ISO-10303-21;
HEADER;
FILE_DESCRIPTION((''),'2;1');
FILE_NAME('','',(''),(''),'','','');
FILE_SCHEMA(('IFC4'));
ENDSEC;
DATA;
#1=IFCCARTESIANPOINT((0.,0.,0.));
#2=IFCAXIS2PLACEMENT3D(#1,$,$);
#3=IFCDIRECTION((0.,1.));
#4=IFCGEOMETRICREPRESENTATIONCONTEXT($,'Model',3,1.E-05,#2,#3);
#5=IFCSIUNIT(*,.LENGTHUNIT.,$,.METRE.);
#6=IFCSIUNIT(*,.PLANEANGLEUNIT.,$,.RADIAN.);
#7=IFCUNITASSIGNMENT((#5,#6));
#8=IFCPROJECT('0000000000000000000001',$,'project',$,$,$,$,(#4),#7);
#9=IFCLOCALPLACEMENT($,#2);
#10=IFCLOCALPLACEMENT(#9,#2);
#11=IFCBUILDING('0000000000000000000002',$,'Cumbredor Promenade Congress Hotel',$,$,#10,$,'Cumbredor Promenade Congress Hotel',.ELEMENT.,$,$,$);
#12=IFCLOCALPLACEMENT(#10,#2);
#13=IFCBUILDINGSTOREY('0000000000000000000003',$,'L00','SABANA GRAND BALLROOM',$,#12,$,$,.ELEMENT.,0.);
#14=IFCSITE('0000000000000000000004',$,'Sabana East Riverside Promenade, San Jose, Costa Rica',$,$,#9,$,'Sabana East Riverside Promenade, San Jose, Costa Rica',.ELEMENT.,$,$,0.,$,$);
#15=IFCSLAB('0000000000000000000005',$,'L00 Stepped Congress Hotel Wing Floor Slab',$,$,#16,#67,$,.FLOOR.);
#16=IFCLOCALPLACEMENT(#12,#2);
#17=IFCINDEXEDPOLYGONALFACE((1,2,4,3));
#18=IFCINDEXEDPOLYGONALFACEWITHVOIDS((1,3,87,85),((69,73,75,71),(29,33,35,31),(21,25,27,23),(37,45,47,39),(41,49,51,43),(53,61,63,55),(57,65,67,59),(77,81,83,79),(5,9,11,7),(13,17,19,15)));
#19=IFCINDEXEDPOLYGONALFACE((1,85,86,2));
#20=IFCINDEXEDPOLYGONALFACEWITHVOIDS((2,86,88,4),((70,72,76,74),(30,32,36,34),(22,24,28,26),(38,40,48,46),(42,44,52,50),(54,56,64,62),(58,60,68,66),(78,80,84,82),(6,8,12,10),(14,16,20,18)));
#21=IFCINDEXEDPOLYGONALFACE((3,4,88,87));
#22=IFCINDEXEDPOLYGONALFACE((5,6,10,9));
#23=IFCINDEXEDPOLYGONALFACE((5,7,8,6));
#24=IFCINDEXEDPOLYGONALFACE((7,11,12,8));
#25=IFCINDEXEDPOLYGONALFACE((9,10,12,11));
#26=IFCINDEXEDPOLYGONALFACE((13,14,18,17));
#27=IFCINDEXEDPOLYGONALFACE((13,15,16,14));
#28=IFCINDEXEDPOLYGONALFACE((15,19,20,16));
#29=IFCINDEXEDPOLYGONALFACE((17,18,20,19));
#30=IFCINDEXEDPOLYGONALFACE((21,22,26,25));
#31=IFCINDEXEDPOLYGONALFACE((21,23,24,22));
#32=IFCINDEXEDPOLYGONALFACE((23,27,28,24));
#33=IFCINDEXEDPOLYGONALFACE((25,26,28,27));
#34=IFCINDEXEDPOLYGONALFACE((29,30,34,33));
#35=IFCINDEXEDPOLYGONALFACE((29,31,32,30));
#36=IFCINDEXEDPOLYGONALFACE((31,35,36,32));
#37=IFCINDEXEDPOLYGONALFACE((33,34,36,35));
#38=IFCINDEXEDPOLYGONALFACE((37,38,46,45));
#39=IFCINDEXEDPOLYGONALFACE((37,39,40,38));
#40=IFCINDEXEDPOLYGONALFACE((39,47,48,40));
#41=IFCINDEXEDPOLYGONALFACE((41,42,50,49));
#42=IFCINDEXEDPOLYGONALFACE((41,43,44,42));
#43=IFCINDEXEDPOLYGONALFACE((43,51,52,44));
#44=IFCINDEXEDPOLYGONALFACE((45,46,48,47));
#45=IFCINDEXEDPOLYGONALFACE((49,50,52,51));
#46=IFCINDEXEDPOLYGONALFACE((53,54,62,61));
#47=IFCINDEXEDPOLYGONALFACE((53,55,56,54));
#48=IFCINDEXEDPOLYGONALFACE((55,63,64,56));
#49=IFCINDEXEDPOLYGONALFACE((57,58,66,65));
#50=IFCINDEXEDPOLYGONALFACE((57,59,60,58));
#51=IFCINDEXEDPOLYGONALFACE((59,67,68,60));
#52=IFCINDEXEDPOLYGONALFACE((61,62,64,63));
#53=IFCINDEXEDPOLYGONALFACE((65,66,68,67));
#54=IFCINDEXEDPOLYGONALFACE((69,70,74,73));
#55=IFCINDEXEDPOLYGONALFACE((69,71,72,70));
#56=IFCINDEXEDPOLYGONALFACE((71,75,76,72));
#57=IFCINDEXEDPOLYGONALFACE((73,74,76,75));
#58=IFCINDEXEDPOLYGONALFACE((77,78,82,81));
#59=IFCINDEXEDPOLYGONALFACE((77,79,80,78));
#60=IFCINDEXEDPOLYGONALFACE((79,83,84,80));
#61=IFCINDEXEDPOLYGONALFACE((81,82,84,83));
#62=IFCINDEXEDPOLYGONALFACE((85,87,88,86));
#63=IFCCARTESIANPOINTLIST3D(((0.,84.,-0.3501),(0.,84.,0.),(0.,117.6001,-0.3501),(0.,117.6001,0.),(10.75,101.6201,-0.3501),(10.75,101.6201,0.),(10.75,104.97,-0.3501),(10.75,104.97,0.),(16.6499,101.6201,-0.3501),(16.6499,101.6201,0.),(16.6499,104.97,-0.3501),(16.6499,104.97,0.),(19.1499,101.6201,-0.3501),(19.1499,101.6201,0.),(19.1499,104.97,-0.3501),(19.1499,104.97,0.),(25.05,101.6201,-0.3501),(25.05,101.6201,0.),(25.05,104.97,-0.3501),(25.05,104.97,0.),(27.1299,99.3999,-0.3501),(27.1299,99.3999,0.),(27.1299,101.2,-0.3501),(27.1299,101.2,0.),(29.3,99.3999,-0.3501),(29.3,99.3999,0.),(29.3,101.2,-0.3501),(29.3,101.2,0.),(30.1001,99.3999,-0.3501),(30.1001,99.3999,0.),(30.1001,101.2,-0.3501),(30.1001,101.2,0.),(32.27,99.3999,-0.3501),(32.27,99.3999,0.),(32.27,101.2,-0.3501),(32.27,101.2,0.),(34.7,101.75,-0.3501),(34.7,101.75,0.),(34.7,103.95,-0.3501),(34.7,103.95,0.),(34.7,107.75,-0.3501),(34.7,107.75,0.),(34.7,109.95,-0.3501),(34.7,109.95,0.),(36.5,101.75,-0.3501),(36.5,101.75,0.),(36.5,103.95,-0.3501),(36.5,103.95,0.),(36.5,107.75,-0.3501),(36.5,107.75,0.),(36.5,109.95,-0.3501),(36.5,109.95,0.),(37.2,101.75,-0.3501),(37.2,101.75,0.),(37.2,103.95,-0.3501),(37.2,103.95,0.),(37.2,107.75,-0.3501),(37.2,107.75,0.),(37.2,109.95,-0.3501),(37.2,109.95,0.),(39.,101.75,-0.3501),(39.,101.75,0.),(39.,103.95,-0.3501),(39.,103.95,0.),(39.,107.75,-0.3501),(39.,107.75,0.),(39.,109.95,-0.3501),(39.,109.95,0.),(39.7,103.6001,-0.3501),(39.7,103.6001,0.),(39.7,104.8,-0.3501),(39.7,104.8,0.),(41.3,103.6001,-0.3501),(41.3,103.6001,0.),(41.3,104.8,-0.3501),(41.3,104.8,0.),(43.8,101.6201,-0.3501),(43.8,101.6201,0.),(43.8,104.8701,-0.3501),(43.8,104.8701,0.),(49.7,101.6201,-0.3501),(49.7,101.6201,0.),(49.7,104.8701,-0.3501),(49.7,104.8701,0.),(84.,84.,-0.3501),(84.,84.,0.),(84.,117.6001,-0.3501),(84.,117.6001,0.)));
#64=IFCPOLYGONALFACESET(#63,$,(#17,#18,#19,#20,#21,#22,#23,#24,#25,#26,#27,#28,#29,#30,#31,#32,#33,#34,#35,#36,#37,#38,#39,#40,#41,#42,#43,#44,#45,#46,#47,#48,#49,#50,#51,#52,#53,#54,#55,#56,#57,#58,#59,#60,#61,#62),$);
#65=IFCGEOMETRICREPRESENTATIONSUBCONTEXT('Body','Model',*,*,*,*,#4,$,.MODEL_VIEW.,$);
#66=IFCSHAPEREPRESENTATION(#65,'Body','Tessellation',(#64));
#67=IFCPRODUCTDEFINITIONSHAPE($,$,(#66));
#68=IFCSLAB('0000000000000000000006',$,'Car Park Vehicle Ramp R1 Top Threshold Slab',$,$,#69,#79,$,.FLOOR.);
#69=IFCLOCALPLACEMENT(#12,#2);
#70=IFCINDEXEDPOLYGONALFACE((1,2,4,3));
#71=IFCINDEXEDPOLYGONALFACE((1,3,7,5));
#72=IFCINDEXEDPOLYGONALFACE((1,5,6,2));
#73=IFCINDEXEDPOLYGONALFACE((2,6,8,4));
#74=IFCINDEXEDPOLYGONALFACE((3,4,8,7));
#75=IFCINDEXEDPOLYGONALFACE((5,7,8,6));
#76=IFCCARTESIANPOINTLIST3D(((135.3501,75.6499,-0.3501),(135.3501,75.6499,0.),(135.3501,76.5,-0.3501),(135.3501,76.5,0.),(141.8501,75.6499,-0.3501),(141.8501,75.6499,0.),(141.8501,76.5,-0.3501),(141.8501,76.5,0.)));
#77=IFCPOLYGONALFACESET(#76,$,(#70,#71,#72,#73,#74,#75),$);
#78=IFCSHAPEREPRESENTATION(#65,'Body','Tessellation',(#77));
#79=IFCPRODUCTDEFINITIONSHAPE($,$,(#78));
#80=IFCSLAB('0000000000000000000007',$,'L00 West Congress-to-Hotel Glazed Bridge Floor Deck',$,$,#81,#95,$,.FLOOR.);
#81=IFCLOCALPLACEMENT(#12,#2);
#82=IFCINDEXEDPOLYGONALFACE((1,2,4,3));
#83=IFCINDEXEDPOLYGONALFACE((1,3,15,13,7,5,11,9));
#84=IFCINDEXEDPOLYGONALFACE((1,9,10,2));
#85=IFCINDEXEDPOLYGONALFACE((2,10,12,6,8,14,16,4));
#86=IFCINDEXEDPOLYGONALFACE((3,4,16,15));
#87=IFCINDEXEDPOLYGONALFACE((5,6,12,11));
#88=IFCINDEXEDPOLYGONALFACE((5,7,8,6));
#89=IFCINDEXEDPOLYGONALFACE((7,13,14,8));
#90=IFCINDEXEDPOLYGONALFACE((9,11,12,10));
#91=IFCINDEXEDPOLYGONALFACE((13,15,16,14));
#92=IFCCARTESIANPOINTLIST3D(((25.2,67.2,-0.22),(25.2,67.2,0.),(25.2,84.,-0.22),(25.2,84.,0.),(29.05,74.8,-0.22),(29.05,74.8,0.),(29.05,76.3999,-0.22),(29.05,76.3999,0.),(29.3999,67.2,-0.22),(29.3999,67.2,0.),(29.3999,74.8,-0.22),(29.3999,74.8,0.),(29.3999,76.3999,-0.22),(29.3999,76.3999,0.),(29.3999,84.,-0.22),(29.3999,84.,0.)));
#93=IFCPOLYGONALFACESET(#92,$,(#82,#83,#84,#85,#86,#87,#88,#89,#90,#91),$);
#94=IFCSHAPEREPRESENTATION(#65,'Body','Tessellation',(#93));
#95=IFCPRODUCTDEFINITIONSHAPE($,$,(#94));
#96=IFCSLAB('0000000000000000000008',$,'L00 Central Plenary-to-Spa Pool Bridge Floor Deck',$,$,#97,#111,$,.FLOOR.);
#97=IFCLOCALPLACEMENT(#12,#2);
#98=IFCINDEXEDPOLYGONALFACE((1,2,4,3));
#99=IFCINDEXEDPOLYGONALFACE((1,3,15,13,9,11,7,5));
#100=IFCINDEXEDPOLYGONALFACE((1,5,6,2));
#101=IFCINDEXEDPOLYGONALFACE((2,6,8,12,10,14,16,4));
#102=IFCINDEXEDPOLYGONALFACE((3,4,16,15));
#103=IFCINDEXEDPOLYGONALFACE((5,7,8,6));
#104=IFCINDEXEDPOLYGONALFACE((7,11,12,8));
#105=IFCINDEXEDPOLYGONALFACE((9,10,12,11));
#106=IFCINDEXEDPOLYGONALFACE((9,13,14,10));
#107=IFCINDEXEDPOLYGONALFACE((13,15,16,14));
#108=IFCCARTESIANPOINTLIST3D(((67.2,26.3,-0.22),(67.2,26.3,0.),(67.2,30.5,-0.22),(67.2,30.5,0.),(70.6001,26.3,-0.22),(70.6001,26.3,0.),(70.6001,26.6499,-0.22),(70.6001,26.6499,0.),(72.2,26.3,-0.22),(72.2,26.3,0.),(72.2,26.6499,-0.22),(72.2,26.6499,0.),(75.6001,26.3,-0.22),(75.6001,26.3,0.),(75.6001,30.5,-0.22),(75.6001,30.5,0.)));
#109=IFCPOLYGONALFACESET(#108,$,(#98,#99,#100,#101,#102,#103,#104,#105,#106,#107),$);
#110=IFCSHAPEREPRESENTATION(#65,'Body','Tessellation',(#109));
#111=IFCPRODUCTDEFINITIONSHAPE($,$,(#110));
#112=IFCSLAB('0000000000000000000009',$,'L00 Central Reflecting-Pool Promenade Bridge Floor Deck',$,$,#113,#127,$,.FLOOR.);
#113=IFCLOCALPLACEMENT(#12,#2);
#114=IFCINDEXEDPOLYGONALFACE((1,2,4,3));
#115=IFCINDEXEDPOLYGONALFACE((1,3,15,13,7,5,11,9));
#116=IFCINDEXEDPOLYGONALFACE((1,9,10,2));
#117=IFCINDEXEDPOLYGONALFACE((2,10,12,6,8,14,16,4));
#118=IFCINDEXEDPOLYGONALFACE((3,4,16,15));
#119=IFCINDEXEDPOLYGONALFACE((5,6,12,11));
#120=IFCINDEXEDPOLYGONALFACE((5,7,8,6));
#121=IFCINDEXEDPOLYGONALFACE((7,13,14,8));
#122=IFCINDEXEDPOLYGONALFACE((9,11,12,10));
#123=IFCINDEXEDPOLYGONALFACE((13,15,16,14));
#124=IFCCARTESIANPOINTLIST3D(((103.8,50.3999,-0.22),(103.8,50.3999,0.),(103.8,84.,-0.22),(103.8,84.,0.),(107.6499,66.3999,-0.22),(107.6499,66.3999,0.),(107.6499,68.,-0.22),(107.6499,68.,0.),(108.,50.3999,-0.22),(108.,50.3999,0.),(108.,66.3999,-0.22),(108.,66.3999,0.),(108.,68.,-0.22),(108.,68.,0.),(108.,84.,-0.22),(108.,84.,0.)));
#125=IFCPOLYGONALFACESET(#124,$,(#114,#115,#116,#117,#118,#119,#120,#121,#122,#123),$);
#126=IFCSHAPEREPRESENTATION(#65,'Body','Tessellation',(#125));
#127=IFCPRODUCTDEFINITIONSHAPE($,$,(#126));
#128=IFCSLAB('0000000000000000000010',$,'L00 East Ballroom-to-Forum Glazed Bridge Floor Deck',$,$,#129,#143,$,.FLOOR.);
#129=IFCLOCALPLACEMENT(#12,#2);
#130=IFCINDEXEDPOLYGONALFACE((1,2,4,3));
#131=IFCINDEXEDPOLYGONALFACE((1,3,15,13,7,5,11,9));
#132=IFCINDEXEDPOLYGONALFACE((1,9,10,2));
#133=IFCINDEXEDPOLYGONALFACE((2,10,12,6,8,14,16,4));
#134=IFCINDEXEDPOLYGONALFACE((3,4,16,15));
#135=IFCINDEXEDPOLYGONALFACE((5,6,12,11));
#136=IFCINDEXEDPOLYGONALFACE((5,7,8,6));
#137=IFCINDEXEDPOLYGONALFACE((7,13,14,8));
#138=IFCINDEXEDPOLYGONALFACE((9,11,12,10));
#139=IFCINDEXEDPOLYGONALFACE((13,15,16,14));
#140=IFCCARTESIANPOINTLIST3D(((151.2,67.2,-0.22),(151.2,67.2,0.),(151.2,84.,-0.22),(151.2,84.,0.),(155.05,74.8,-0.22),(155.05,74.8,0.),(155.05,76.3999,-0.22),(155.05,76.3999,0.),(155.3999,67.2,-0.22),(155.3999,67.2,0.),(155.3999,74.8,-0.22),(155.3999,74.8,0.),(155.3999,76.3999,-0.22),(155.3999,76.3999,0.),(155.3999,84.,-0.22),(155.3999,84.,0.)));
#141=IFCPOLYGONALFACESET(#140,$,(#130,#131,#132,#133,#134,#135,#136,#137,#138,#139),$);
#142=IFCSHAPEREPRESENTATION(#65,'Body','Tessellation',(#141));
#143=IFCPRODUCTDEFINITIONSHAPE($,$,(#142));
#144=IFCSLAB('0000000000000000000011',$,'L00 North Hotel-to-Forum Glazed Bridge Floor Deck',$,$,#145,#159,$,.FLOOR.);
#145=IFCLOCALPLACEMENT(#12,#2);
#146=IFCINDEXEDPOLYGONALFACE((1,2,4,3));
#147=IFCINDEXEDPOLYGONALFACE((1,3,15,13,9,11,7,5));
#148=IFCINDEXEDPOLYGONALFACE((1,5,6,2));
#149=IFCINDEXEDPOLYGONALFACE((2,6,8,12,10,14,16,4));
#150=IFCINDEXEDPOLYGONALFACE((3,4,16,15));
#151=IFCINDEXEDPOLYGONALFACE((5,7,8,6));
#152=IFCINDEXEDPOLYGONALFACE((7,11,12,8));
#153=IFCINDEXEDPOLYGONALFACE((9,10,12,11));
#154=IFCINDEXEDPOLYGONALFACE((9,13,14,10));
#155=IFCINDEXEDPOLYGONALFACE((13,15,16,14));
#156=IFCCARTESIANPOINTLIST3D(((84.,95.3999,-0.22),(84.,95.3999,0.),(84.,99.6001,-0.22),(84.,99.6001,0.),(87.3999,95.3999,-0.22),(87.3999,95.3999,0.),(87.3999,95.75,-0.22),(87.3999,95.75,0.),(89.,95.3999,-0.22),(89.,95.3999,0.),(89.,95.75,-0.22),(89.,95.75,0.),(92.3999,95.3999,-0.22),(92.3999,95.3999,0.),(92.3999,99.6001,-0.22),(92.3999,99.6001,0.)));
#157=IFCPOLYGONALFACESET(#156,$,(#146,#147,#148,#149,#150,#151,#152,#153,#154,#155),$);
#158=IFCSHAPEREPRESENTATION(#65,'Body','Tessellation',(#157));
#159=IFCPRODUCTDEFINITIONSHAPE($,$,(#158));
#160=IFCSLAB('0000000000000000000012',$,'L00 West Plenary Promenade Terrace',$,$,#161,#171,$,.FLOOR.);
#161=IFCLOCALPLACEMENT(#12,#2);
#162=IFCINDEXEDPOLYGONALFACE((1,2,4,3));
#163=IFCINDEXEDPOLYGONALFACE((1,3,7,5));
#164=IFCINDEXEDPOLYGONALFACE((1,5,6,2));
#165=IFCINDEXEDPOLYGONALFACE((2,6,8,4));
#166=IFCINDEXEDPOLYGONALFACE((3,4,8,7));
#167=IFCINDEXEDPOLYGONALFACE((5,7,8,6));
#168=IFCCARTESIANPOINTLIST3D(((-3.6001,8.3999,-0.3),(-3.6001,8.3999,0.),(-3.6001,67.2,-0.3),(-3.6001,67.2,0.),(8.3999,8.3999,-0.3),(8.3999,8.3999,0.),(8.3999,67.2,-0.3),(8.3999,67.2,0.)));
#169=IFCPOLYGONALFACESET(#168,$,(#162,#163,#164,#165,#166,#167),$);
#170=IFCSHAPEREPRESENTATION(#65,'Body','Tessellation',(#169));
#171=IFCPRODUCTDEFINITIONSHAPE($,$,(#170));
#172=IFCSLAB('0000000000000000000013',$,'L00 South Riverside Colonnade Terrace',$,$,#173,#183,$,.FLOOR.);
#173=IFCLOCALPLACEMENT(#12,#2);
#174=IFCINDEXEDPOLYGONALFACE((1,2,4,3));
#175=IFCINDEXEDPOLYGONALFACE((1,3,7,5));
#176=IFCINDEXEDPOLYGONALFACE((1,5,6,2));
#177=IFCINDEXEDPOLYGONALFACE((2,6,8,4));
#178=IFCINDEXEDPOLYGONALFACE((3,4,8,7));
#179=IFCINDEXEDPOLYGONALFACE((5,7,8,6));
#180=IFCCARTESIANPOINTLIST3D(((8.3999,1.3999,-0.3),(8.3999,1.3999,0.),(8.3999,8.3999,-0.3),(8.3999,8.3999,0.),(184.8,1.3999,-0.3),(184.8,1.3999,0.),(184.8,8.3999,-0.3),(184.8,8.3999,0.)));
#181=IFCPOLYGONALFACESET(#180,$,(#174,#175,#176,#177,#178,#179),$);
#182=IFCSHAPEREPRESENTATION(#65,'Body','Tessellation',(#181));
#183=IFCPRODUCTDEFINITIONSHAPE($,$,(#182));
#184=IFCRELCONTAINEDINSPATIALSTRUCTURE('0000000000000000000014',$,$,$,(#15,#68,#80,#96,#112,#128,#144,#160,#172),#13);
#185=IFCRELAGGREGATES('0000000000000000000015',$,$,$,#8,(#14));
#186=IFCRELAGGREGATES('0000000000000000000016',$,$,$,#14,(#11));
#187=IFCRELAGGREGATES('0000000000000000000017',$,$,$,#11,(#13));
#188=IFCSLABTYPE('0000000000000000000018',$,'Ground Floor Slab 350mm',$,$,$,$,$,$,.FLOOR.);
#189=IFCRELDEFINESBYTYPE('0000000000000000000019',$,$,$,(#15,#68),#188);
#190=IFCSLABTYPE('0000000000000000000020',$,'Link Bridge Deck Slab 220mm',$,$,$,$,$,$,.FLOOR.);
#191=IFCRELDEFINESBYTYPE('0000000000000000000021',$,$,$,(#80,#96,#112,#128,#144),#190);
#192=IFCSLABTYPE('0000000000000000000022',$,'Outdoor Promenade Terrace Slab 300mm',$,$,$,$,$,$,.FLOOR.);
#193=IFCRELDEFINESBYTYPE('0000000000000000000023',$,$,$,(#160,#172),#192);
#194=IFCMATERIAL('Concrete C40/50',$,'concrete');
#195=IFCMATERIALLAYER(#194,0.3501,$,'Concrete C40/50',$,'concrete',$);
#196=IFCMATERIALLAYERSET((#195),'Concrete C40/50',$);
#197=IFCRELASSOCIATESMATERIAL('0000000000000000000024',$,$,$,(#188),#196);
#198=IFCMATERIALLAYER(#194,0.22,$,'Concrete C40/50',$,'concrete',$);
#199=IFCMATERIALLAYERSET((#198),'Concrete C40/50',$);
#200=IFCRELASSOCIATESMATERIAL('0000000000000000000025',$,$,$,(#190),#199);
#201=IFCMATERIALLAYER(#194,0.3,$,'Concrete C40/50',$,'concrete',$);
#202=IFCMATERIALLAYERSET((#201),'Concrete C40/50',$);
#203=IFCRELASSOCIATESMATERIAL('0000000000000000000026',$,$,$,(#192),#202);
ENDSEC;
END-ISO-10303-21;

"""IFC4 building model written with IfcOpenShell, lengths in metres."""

from ifc_helpers import new_model, si_unit, direction, frame, origin, place, context, subcontext, project, spatial, polyline, outline, extrude, material, layer, layer_set, type_object, element, save


model = new_model("IFC4")

# Units and contexts
model_context = context("Model", 3, precision=1e-05, world=origin(), true_north=direction((0.0, 1.0)))
body_context = subcontext(model_context, "Body", "Model", "MODEL_VIEW")
ifc_project = project(units=[si_unit("LENGTHUNIT", "METRE"), si_unit("PLANEANGLEUNIT", "RADIAN")], contexts=[model_context])

# Site, building, storey
site_placement = place(None, origin())
site = spatial("IfcSite", under=ifc_project, at=site_placement, Name="Sabana East Riverside Promenade, San Jose, Costa Rica", LongName="Sabana East Riverside Promenade, San Jose, Costa Rica", CompositionType="ELEMENT", RefElevation=0.0)
building_placement = place(site_placement, origin())
building = spatial("IfcBuilding", under=site, at=building_placement, Name="Cumbredor Promenade Congress Hotel", LongName="Cumbredor Promenade Congress Hotel", CompositionType="ELEMENT")
storey_placement = place(building_placement, origin())
storey = spatial("IfcBuildingStorey", under=building, at=storey_placement, Name="L00", Description="SABANA GRAND BALLROOM", CompositionType="ELEMENT", Elevation=0.0)

# Slabs
ifc_material_1 = material(Name="Concrete C40/50", Category="concrete")
ifc_layer_1 = layer(ifc_material_1, 0.3501, Name="Concrete C40/50", Category="concrete")
ifc_layer_set_1 = layer_set([ifc_layer_1], Name="Concrete C40/50")
slab_type_1 = type_object("IfcSlabType", Name="Ground Floor Slab 350mm", PredefinedType="FLOOR", material=ifc_layer_set_1)
slab_1_placement = place(storey_placement, frame((0.0, 0.0, -0.3501)))
element("IfcSlab", 1, at=slab_1_placement, inside=storey, type_object=slab_type_1, Name="L00 Stepped Congress Hotel Wing Floor Slab", PredefinedType="FLOOR", context=body_context, shape_type="SweptSolid", body=[
    extrude(outline(polyline([(0.0, 84.0), (84.0, 84.0), (84.0, 117.6001), (0.0, 117.6001), (0.0, 84.0)]), holes=[polyline([(10.75, 101.6201), (16.6499, 101.6201), (16.6499, 104.97), (10.75, 104.97), (10.75, 101.6201)]), polyline([(19.1499, 101.6201), (25.05, 101.6201), (25.05, 104.97), (19.1499, 104.97), (19.1499, 101.6201)]), polyline([(43.8, 101.6201), (49.7, 101.6201), (49.7, 104.8701), (43.8, 104.8701), (43.8, 101.6201)]), polyline([(27.1299, 99.3999), (29.3, 99.3999), (29.3, 101.2), (27.1299, 101.2), (27.1299, 99.3999)]), polyline([(30.1001, 99.3999), (32.27, 99.3999), (32.27, 101.2), (30.1001, 101.2), (30.1001, 99.3999)]), polyline([(34.7, 107.75), (36.5, 107.75), (36.5, 109.95), (34.7, 109.95), (34.7, 107.75)]), polyline([(37.2, 107.75), (39.0, 107.75), (39.0, 109.95), (37.2, 109.95), (37.2, 107.75)]), polyline([(34.7, 101.75), (36.5, 101.75), (36.5, 103.95), (34.7, 103.95), (34.7, 101.75)]), polyline([(37.2, 101.75), (39.0, 101.75), (39.0, 103.95), (37.2, 103.95), (37.2, 101.75)]), polyline([(39.7, 103.6001), (41.3, 103.6001), (41.3, 104.8), (39.7, 104.8), (39.7, 103.6001)])]), origin(), (0.0, 0.0, 1.0), 0.3501),
])
slab_2_placement = place(storey_placement, frame((0.0, 0.0, -0.3501)))
element("IfcSlab", 2, at=slab_2_placement, inside=storey, type_object=slab_type_1, Name="Car Park Vehicle Ramp R1 Top Threshold Slab", PredefinedType="FLOOR", context=body_context, shape_type="SweptSolid", body=[
    extrude(outline(polyline([(135.3501, 75.6499), (141.8501, 75.6499), (141.8501, 76.5), (135.3501, 76.5), (135.3501, 75.6499)])), origin(), (0.0, 0.0, 1.0), 0.3501),
])
ifc_layer_2 = layer(ifc_material_1, 0.22, Name="Concrete C40/50", Category="concrete")
ifc_layer_set_2 = layer_set([ifc_layer_2], Name="Concrete C40/50")
slab_type_2 = type_object("IfcSlabType", Name="Link Bridge Deck Slab 220mm", PredefinedType="FLOOR", material=ifc_layer_set_2)
slab_3_placement = place(storey_placement, frame((0.0, 0.0, -0.22)))
element("IfcSlab", 3, at=slab_3_placement, inside=storey, type_object=slab_type_2, Name="L00 West Congress-to-Hotel Glazed Bridge Floor Deck", PredefinedType="FLOOR", context=body_context, shape_type="SweptSolid", body=[
    extrude(outline(polyline([(25.2, 67.2), (29.3999, 67.2), (29.3999, 74.8), (29.05, 74.8), (29.05, 76.3999), (29.3999, 76.3999), (29.3999, 84.0), (25.2, 84.0), (25.2, 67.2)])), origin(), (0.0, 0.0, 1.0), 0.22),
])
slab_4_placement = place(storey_placement, frame((0.0, 0.0, -0.22)))
element("IfcSlab", 4, at=slab_4_placement, inside=storey, type_object=slab_type_2, Name="L00 Central Plenary-to-Spa Pool Bridge Floor Deck", PredefinedType="FLOOR", context=body_context, shape_type="SweptSolid", body=[
    extrude(outline(polyline([(67.2, 26.3), (70.6001, 26.3), (70.6001, 26.6499), (72.2, 26.6499), (72.2, 26.3), (75.6001, 26.3), (75.6001, 30.5), (67.2, 30.5), (67.2, 26.3)])), origin(), (0.0, 0.0, 1.0), 0.22),
])
slab_5_placement = place(storey_placement, frame((0.0, 0.0, -0.22)))
element("IfcSlab", 5, at=slab_5_placement, inside=storey, type_object=slab_type_2, Name="L00 Central Reflecting-Pool Promenade Bridge Floor Deck", PredefinedType="FLOOR", context=body_context, shape_type="SweptSolid", body=[
    extrude(outline(polyline([(103.8, 50.3999), (108.0, 50.3999), (108.0, 66.3999), (107.6499, 66.3999), (107.6499, 68.0), (108.0, 68.0), (108.0, 84.0), (103.8, 84.0), (103.8, 50.3999)])), origin(), (0.0, 0.0, 1.0), 0.22),
])
slab_6_placement = place(storey_placement, frame((0.0, 0.0, -0.22)))
element("IfcSlab", 6, at=slab_6_placement, inside=storey, type_object=slab_type_2, Name="L00 East Ballroom-to-Forum Glazed Bridge Floor Deck", PredefinedType="FLOOR", context=body_context, shape_type="SweptSolid", body=[
    extrude(outline(polyline([(151.2, 67.2), (155.3999, 67.2), (155.3999, 74.8), (155.05, 74.8), (155.05, 76.3999), (155.3999, 76.3999), (155.3999, 84.0), (151.2, 84.0), (151.2, 67.2)])), origin(), (0.0, 0.0, 1.0), 0.22),
])
slab_7_placement = place(storey_placement, frame((0.0, 0.0, -0.22)))
element("IfcSlab", 7, at=slab_7_placement, inside=storey, type_object=slab_type_2, Name="L00 North Hotel-to-Forum Glazed Bridge Floor Deck", PredefinedType="FLOOR", context=body_context, shape_type="SweptSolid", body=[
    extrude(outline(polyline([(84.0, 95.3999), (87.3999, 95.3999), (87.3999, 95.75), (89.0, 95.75), (89.0, 95.3999), (92.3999, 95.3999), (92.3999, 99.6001), (84.0, 99.6001), (84.0, 95.3999)])), origin(), (0.0, 0.0, 1.0), 0.22),
])
ifc_layer_3 = layer(ifc_material_1, 0.3, Name="Concrete C40/50", Category="concrete")
ifc_layer_set_3 = layer_set([ifc_layer_3], Name="Concrete C40/50")
slab_type_3 = type_object("IfcSlabType", Name="Outdoor Promenade Terrace Slab 300mm", PredefinedType="FLOOR", material=ifc_layer_set_3)
slab_8_placement = place(storey_placement, frame((0.0, 0.0, -0.3)))
element("IfcSlab", 8, at=slab_8_placement, inside=storey, type_object=slab_type_3, Name="L00 West Plenary Promenade Terrace", PredefinedType="FLOOR", context=body_context, shape_type="SweptSolid", body=[
    extrude(outline(polyline([(-3.6001, 8.3999), (8.3999, 8.3999), (8.3999, 67.2), (-3.6001, 67.2), (-3.6001, 8.3999)])), origin(), (0.0, 0.0, 1.0), 0.3),
])
slab_9_placement = place(storey_placement, frame((0.0, 0.0, -0.3)))
element("IfcSlab", 9, at=slab_9_placement, inside=storey, type_object=slab_type_3, Name="L00 South Riverside Colonnade Terrace", PredefinedType="FLOOR", context=body_context, shape_type="SweptSolid", body=[
    extrude(outline(polyline([(8.3999, 1.3999), (184.8, 1.3999), (184.8, 8.3999), (8.3999, 8.3999), (8.3999, 1.3999)])), origin(), (0.0, 0.0, 1.0), 0.3),
])

save(model, "model.ifc")
